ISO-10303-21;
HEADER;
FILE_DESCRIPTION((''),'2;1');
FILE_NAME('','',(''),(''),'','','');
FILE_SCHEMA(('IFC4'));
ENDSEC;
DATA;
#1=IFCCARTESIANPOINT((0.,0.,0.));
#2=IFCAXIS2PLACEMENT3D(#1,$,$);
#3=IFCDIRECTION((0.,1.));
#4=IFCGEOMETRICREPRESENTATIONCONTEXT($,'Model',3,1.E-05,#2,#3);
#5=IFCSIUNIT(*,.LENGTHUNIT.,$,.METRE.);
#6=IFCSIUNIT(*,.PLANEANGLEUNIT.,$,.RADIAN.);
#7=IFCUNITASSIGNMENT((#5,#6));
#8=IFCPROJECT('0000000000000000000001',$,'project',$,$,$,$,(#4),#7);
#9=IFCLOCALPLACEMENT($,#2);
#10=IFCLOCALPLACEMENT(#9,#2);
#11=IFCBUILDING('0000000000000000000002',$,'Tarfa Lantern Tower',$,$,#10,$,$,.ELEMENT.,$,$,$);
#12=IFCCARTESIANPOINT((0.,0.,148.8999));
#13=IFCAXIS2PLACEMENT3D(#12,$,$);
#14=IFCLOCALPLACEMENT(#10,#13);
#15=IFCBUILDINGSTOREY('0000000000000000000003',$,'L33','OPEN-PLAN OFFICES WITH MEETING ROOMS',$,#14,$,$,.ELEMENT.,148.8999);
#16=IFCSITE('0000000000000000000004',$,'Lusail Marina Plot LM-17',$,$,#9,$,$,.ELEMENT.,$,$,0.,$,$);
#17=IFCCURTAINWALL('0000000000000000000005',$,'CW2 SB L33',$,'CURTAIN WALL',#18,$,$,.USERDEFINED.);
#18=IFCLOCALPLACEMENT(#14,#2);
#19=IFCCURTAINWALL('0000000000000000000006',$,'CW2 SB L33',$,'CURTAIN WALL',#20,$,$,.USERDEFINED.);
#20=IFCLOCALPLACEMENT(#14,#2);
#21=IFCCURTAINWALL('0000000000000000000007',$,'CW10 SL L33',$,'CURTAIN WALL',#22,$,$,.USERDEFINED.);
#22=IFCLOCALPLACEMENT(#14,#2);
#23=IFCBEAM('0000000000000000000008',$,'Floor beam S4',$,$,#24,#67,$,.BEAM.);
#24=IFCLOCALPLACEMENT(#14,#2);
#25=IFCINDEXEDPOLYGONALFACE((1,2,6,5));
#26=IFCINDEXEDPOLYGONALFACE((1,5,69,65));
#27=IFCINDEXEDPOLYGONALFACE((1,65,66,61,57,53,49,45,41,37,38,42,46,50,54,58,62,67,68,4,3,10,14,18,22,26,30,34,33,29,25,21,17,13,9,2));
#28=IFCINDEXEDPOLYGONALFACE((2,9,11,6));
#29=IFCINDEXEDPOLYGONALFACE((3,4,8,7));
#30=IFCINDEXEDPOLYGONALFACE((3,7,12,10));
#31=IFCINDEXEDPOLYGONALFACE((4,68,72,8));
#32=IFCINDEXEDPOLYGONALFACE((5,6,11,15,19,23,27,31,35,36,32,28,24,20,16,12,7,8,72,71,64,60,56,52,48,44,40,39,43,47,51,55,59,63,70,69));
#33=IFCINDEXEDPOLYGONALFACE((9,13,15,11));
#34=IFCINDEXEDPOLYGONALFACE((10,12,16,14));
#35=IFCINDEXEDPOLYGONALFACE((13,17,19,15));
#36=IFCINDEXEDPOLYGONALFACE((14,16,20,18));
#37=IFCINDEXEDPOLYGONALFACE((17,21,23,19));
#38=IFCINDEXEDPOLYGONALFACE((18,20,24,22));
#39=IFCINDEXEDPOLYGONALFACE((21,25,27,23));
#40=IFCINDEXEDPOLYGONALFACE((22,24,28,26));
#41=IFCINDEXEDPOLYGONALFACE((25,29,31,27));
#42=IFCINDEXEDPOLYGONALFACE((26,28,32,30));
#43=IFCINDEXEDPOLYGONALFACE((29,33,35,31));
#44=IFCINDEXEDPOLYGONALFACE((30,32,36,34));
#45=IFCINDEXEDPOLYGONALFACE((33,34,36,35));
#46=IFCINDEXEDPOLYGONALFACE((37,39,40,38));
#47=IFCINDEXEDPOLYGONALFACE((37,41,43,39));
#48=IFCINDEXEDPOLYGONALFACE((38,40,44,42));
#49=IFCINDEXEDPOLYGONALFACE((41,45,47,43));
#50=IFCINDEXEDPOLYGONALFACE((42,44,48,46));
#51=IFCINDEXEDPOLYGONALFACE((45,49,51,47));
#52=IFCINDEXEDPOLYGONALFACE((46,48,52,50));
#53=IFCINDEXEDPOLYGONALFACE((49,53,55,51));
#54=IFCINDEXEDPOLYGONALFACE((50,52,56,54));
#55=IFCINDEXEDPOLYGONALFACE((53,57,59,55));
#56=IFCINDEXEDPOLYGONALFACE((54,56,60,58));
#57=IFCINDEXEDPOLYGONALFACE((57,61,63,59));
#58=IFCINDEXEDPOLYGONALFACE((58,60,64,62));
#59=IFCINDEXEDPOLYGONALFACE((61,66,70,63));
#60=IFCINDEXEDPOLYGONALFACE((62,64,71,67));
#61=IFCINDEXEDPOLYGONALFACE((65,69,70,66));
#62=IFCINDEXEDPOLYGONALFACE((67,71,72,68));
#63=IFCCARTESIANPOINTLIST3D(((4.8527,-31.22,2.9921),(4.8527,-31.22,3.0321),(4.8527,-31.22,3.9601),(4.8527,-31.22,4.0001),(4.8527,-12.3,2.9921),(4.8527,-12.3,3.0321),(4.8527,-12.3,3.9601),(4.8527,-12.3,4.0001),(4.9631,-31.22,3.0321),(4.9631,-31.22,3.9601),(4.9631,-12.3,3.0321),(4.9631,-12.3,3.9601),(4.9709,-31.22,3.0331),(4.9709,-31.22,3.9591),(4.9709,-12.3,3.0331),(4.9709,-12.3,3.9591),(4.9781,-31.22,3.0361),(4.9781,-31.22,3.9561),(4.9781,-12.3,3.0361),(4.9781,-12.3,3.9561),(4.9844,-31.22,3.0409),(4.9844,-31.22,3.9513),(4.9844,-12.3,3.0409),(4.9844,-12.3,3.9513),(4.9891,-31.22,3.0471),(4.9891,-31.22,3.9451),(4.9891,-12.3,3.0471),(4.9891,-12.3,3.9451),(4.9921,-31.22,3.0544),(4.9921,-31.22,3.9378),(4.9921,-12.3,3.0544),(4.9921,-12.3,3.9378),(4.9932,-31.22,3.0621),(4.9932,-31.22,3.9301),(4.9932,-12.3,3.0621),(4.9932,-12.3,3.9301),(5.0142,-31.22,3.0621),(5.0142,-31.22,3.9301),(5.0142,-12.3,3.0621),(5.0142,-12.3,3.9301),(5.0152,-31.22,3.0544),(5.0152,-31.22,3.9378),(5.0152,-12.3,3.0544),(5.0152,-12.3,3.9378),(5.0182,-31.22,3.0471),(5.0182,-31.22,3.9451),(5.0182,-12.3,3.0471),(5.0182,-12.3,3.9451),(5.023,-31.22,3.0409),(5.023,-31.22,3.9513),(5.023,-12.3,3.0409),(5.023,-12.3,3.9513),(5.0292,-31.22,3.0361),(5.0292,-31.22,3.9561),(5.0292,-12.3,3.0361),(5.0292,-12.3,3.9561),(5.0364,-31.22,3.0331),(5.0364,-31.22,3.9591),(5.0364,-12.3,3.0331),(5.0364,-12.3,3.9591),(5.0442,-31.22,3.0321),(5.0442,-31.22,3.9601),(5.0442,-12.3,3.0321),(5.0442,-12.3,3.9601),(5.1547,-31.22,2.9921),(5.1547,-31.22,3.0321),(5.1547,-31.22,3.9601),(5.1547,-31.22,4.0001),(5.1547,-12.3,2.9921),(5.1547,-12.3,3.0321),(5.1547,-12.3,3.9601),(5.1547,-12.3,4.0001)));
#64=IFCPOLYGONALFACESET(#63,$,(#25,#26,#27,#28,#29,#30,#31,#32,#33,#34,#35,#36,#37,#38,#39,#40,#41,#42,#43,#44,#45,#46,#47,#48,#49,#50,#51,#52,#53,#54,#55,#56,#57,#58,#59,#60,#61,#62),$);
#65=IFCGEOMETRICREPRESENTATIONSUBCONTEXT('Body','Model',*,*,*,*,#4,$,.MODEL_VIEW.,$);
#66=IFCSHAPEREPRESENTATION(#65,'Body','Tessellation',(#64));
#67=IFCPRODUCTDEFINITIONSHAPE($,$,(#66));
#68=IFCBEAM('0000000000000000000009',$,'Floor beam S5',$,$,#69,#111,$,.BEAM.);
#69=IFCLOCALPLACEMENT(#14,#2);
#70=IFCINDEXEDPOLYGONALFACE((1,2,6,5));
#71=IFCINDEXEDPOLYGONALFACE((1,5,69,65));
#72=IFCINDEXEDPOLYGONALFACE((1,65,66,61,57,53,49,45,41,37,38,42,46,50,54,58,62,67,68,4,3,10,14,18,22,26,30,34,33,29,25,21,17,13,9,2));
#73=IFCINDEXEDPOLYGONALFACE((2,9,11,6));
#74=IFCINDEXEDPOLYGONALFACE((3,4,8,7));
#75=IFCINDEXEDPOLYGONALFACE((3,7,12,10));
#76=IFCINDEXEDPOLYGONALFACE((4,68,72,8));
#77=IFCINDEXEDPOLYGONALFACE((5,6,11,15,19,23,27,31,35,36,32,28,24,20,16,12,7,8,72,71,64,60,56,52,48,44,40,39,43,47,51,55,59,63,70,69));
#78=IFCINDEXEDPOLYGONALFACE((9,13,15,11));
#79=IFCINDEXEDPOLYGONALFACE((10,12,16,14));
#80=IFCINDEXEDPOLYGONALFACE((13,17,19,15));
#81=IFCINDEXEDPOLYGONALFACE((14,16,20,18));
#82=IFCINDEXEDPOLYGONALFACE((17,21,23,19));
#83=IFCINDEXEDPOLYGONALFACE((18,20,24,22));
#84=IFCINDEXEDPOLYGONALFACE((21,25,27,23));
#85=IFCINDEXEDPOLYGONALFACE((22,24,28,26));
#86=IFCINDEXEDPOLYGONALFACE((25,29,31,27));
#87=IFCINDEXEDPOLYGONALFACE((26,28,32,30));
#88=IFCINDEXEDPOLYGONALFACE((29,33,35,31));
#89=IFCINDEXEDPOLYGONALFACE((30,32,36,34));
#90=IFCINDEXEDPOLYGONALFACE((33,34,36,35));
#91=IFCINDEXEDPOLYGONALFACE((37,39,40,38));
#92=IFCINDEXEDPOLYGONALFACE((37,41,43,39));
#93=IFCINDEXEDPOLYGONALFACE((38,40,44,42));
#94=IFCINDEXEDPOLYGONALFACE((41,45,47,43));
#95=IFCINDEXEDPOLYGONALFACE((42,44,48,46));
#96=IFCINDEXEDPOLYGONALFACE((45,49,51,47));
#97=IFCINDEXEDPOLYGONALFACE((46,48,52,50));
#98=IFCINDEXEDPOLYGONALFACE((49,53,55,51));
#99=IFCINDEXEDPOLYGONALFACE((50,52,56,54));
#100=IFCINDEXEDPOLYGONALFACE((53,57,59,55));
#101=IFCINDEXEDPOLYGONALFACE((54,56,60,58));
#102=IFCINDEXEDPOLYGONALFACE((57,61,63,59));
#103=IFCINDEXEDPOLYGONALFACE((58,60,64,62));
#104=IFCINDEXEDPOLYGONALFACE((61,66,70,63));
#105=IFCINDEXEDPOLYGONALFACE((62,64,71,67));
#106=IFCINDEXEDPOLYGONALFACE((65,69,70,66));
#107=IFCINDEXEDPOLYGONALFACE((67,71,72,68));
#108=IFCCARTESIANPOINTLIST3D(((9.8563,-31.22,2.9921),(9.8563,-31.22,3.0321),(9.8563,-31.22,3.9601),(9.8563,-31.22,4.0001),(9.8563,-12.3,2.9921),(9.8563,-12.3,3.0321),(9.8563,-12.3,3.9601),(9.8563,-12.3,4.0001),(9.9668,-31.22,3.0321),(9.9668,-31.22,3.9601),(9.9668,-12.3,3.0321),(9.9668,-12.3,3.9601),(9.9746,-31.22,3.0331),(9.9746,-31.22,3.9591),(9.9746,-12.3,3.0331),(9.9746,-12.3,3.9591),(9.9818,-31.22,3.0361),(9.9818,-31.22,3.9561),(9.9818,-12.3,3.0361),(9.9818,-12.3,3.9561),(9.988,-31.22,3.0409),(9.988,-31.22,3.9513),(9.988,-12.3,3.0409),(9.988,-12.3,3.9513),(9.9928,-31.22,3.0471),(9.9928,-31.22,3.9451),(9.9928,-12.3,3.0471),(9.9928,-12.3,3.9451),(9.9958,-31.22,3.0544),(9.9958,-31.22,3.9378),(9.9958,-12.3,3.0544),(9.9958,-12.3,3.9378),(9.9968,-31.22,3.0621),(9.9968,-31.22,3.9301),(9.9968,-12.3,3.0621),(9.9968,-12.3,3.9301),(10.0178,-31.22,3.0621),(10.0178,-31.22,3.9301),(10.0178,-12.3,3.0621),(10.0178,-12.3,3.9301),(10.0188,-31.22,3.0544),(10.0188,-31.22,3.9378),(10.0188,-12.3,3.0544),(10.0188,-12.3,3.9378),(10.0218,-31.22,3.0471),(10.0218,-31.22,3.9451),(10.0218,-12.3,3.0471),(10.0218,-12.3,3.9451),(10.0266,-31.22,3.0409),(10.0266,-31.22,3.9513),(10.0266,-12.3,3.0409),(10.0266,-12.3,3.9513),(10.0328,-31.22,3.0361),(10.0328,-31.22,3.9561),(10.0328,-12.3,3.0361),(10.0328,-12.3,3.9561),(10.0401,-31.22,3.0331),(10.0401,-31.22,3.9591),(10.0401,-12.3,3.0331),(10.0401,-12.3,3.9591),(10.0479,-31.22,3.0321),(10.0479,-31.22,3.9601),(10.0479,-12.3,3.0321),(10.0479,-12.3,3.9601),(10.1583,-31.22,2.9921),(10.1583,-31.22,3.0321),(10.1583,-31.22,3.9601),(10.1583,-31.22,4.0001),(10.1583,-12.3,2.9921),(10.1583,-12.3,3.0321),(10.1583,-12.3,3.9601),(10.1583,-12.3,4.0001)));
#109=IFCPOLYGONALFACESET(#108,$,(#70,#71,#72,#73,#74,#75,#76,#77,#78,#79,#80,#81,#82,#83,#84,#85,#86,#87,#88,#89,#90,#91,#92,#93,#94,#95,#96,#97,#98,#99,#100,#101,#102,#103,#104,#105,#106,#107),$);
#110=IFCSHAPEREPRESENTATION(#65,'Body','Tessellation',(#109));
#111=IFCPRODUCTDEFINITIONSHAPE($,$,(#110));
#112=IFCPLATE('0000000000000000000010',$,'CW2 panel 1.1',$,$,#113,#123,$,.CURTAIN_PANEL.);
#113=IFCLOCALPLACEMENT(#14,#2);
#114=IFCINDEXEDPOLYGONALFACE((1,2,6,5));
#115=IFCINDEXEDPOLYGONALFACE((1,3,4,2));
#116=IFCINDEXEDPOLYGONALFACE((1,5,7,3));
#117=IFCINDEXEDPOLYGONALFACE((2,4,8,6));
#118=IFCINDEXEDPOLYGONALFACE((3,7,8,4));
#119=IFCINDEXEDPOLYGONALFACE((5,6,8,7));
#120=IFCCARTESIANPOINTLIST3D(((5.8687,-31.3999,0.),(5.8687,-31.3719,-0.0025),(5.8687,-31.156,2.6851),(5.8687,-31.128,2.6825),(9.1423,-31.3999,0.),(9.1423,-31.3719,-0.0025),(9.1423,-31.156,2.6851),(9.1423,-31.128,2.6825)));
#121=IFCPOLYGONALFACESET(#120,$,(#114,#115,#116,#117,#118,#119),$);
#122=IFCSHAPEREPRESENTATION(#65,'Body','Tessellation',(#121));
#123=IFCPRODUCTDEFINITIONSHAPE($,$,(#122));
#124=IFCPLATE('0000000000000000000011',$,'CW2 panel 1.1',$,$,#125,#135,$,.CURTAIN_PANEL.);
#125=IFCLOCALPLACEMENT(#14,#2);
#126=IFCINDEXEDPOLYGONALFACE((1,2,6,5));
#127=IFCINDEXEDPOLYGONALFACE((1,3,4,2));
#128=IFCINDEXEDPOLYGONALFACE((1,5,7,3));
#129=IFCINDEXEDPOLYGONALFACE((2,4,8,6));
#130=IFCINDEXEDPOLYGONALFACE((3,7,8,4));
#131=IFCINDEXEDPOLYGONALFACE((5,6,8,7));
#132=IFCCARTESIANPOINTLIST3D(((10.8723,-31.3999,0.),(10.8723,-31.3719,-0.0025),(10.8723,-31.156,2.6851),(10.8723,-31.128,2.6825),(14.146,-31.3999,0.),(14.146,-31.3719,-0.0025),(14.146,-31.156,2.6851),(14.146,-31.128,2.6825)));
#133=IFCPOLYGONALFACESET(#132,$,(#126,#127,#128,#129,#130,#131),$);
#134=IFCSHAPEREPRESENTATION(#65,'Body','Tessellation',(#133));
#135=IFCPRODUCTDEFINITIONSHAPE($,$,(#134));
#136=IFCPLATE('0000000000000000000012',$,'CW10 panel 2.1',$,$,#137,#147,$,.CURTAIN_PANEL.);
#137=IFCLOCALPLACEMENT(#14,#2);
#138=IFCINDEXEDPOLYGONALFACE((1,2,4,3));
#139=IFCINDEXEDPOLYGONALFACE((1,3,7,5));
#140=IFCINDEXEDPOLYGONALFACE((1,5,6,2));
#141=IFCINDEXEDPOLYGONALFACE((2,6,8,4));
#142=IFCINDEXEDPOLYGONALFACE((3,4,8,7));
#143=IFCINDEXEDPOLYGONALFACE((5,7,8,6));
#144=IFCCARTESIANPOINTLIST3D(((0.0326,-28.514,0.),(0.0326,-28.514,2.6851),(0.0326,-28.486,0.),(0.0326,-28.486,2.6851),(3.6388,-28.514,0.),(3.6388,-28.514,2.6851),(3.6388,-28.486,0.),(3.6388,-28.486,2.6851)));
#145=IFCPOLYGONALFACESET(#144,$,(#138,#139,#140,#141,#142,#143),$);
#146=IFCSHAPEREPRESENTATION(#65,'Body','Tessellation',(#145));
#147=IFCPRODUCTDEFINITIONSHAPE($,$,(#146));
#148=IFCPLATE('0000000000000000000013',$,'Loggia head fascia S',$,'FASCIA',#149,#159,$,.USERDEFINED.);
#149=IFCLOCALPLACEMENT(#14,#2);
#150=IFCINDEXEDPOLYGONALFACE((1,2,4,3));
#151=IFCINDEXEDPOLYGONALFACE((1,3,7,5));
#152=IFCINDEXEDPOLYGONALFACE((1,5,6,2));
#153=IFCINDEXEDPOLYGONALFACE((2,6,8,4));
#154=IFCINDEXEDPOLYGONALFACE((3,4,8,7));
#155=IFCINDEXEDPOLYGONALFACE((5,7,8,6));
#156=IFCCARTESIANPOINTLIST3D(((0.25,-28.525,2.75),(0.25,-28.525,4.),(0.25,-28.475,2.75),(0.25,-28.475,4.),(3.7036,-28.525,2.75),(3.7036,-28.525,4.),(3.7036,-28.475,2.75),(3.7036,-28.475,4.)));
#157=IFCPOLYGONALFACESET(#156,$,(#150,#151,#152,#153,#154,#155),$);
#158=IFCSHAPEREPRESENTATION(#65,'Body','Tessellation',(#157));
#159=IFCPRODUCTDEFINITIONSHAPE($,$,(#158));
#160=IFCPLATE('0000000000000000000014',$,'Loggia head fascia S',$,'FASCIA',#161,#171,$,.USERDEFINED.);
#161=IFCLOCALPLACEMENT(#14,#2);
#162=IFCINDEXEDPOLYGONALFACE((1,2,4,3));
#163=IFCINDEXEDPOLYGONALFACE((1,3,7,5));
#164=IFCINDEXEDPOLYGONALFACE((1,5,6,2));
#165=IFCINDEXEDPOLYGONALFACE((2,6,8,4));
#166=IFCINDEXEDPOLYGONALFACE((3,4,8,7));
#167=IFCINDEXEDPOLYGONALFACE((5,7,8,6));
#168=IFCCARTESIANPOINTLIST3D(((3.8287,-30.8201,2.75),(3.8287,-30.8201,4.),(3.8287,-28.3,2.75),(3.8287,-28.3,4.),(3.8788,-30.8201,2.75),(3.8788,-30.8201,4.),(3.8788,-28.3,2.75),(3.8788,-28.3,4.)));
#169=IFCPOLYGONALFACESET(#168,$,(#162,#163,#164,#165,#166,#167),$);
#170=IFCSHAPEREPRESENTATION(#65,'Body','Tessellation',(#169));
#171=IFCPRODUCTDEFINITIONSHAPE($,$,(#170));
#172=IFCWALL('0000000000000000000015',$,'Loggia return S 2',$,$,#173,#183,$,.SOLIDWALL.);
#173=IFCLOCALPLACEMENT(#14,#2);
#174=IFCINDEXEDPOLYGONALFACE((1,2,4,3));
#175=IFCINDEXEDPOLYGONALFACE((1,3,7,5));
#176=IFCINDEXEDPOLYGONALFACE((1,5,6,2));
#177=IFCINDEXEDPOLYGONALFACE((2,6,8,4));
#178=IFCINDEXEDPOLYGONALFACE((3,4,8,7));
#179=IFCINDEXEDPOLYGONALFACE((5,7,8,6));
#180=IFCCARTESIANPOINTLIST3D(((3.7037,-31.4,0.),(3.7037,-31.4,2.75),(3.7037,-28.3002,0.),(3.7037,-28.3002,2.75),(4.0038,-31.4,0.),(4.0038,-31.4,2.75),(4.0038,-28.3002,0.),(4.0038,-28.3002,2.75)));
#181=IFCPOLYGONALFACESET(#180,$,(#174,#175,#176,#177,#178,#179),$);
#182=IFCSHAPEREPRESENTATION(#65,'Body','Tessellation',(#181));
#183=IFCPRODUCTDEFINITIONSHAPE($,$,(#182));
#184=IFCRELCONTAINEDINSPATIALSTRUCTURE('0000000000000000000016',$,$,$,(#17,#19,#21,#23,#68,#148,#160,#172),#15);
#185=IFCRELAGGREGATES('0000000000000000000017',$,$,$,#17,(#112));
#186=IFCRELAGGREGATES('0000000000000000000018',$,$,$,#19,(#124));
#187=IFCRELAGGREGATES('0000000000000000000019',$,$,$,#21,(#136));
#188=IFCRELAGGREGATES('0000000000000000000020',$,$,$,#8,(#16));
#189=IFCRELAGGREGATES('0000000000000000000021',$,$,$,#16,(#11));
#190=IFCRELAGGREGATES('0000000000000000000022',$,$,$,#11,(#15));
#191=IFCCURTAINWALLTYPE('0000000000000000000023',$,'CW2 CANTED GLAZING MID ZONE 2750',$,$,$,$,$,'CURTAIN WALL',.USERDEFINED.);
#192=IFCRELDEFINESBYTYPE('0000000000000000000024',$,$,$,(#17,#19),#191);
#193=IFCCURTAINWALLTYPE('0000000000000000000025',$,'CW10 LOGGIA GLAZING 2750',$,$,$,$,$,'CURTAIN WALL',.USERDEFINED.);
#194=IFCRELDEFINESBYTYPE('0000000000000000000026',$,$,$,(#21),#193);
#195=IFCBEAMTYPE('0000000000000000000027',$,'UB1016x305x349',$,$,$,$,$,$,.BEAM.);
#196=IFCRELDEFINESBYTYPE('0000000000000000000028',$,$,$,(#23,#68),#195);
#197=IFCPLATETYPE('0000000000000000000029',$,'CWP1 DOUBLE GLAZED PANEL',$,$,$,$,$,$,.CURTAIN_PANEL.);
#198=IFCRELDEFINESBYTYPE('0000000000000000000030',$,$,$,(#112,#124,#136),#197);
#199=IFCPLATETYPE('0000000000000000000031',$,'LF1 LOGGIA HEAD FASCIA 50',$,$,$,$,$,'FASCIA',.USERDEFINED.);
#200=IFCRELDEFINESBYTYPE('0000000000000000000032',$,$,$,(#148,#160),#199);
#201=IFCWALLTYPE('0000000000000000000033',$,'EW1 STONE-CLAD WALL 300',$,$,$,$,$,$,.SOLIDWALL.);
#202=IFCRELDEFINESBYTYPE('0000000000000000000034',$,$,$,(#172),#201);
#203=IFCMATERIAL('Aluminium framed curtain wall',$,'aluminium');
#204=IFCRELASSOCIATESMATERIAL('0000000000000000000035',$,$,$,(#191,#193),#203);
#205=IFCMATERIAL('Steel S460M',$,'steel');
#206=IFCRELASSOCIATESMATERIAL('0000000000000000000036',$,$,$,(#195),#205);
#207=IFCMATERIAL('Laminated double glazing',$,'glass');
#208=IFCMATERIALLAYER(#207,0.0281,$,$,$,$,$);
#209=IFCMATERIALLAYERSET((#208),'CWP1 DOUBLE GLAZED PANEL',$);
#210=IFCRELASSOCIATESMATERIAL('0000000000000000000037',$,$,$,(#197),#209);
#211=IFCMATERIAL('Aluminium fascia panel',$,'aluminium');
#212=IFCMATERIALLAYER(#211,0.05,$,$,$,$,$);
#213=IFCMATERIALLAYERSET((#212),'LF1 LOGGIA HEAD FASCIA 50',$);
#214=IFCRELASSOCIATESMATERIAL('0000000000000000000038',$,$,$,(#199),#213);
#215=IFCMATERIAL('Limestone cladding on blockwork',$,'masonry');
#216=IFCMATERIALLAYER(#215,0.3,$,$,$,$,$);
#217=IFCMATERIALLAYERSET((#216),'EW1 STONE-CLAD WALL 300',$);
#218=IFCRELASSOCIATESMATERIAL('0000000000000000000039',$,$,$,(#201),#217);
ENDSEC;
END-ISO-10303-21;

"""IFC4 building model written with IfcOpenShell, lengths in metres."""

from ifc_helpers import new_model, si_unit, direction, frame, frame_2d, origin, origin_2d, place, context, subcontext, project, spatial, polyline, rectangle, i_section, outline, extrude, material, layer, layer_set, material_profile, profile_set, type_object, element, aggregate, save


model = new_model("IFC4")

# Units and contexts
model_context = context("Model", 3, precision=1e-05, world=origin(), true_north=direction((0.0, 1.0)))
body_context = subcontext(model_context, "Body", "Model", "MODEL_VIEW")
ifc_project = project(units=[si_unit("LENGTHUNIT", "METRE"), si_unit("PLANEANGLEUNIT", "RADIAN")], contexts=[model_context])

# Site, building, storey
site_placement = place(None, origin())
site = spatial("IfcSite", under=ifc_project, at=site_placement, Name="Lusail Marina Plot LM-17", CompositionType="ELEMENT", RefElevation=0.0)
building_placement = place(site_placement, origin())
building = spatial("IfcBuilding", under=site, at=building_placement, Name="Tarfa Lantern Tower", CompositionType="ELEMENT")
storey_placement = place(building_placement, frame((0.0, 0.0, 148.8999)))
storey = spatial("IfcBuildingStorey", under=building, at=storey_placement, Name="L33", Description="OPEN-PLAN OFFICES WITH MEETING ROOMS", CompositionType="ELEMENT", Elevation=148.8999)

# Curtain wall
ifc_material_1 = material(Name="Aluminium framed curtain wall", Category="aluminium")
curtain_wall_type_1 = type_object("IfcCurtainWallType", Name="CW2 CANTED GLAZING MID ZONE 2750", ElementType="CURTAIN WALL", PredefinedType="USERDEFINED", material=ifc_material_1)
curtain_wall_1_placement = place(storey_placement, origin())
curtain_wall_1 = element("IfcCurtainWall", 1, at=curtain_wall_1_placement, inside=storey, type_object=curtain_wall_type_1, Name="CW2 SB L33", ObjectType="CURTAIN WALL", PredefinedType="USERDEFINED")

# Curtain walls
curtain_wall_2_placement = place(storey_placement, origin())
curtain_wall_2 = element("IfcCurtainWall", 2, at=curtain_wall_2_placement, inside=storey, type_object=curtain_wall_type_1, Name="CW2 SB L33", ObjectType="CURTAIN WALL", PredefinedType="USERDEFINED")
curtain_wall_type_2 = type_object("IfcCurtainWallType", Name="CW10 LOGGIA GLAZING 2750", ElementType="CURTAIN WALL", PredefinedType="USERDEFINED", material=ifc_material_1)
curtain_wall_3_placement = place(storey_placement, origin())
curtain_wall_3 = element("IfcCurtainWall", 3, at=curtain_wall_3_placement, inside=storey, type_object=curtain_wall_type_2, Name="CW10 SL L33", ObjectType="CURTAIN WALL", PredefinedType="USERDEFINED")

# Beams
ifc_material_2 = material(Name="Steel S460M", Category="steel")
ifc_material_profile_1 = material_profile(ifc_material_2, i_section(OverallWidth=0.302, OverallDepth=1.0081, WebThickness=0.021, FlangeThickness=0.04, FilletRadius=0.03, at=origin_2d()), Name="UB1016x305x349")
ifc_profile_set_1 = profile_set([ifc_material_profile_1], Name="Steel S460M")
beam_type_1 = type_object("IfcBeamType", Name="UB1016x305x349", PredefinedType="BEAM", material=ifc_profile_set_1)
for number, where, z_axis, x_axis, name in (
    (4, (5.0037, -31.22, 3.4961), (0.0, 1.0, 0.0), (-1.0, 0.0, 0.0), "Floor beam S4"),
    (5, (10.0073, -31.22, 3.4961), (0.0, 1.0, 0.0), (-1.0, 0.0, 0.0), "Floor beam S5"),
):
    element("IfcBeam", number, at=place(storey_placement, frame(where, z_axis=z_axis, x_axis=x_axis)), inside=storey, type_object=beam_type_1, Name=name, PredefinedType="BEAM", context=body_context, shape_type="SweptSolid", body=[
        extrude(i_section(OverallWidth=0.302, OverallDepth=1.0081, WebThickness=0.021, FlangeThickness=0.04, FilletRadius=0.03, at=origin_2d()), origin(), (0.0, 0.0, 1.0), 18.9199),
    ])

# Plates
ifc_material_3 = material(Name="Laminated double glazing", Category="glass")
ifc_layer_1 = layer(ifc_material_3, 0.0281)
ifc_layer_set_1 = layer_set([ifc_layer_1], Name="CWP1 DOUBLE GLAZED PANEL")
plate_type_1 = type_object("IfcPlateType", Name="CWP1 DOUBLE GLAZED PANEL", PredefinedType="CURTAIN_PANEL", material=ifc_layer_set_1)
plate_1_placement = place(storey_placement, frame((5.8687, -31.3999, 0.0), z_axis=(0.0, -0.9959, 0.090462), x_axis=(1.0, 0.0, 0.0)))
plate_1 = element("IfcPlate", 6, at=plate_1_placement, type_object=plate_type_1, Name="CW2 panel 1.1", PredefinedType="CURTAIN_PANEL", context=body_context, shape_type="SweptSolid", body=[
    extrude(outline(polyline([(0.0, 0.0), (3.2737, 0.0), (3.2737, 2.6961), (0.0, 2.6961), (0.0, 0.0)])), origin(), (0.0, 0.0, -1.0), 0.0281),
])
aggregate(curtain_wall_1, [plate_1])
plate_2_placement = place(storey_placement, frame((10.8723, -31.3999, 0.0), z_axis=(0.0, -0.9959, 0.090462), x_axis=(1.0, 0.0, 0.0)))
plate_2 = element("IfcPlate", 7, at=plate_2_placement, type_object=plate_type_1, Name="CW2 panel 1.1", PredefinedType="CURTAIN_PANEL", context=body_context, shape_type="SweptSolid", body=[
    extrude(outline(polyline([(0.0, 0.0), (3.2737, 0.0), (3.2737, 2.6961), (0.0, 2.6961), (0.0, 0.0)])), origin(), (0.0, 0.0, -1.0), 0.0281),
])
aggregate(curtain_wall_2, [plate_2])
plate_3_placement = place(storey_placement, frame((1.8357, -28.5, 0.0), z_axis=(0.0, 0.0, 1.0), x_axis=(1.0, 0.0, 0.0)))
plate_3 = element("IfcPlate", 8, at=plate_3_placement, type_object=plate_type_1, Name="CW10 panel 2.1", PredefinedType="CURTAIN_PANEL", context=body_context, shape_type="SweptSolid", body=[
    extrude(rectangle(XDim=3.6062, YDim=0.0281, at=origin_2d()), origin(), (0.0, 0.0, 1.0), 2.6851),
])
aggregate(curtain_wall_3, [plate_3])

# Plates
ifc_material_4 = material(Name="Aluminium fascia panel", Category="aluminium")
ifc_layer_2 = layer(ifc_material_4, 0.05)
ifc_layer_set_2 = layer_set([ifc_layer_2], Name="LF1 LOGGIA HEAD FASCIA 50")
plate_type_2 = type_object("IfcPlateType", Name="LF1 LOGGIA HEAD FASCIA 50", ElementType="FASCIA", PredefinedType="USERDEFINED", material=ifc_layer_set_2)
plate_4_placement = place(storey_placement, frame((1.9768, -28.5, 2.75), z_axis=(0.0, 0.0, 1.0), x_axis=(1.0, 0.0, 0.0)))
element("IfcPlate", 9, at=plate_4_placement, inside=storey, type_object=plate_type_2, Name="Loggia head fascia S", ObjectType="FASCIA", PredefinedType="USERDEFINED", context=body_context, shape_type="SweptSolid", body=[
    extrude(rectangle(XDim=3.4536, YDim=0.05, at=origin_2d()), origin(), (0.0, 0.0, 1.0), 1.25),
])
plate_5_placement = place(storey_placement, frame((3.8538, -29.5601, 2.75), z_axis=(0.0, 0.0, 1.0), x_axis=(0.0, 1.0, 0.0)))
element("IfcPlate", 10, at=plate_5_placement, inside=storey, type_object=plate_type_2, Name="Loggia head fascia S", ObjectType="FASCIA", PredefinedType="USERDEFINED", context=body_context, shape_type="SweptSolid", body=[
    extrude(rectangle(XDim=2.52, YDim=0.05, at=origin_2d()), origin(), (0.0, 0.0, 1.0), 1.25),
])

# Wall
ifc_material_5 = material(Name="Limestone cladding on blockwork", Category="masonry")
ifc_layer_3 = layer(ifc_material_5, 0.3)
ifc_layer_set_3 = layer_set([ifc_layer_3], Name="EW1 STONE-CLAD WALL 300")
wall_type_1 = type_object("IfcWallType", Name="EW1 STONE-CLAD WALL 300", PredefinedType="SOLIDWALL", material=ifc_layer_set_3)
wall_1_placement = place(storey_placement, frame((3.8538, -31.3999, 0.0), z_axis=(0.0, 0.0, 1.0), x_axis=(0.0, 1.0, 0.0)))
element("IfcWall", 11, at=wall_1_placement, inside=storey, type_object=wall_type_1, Name="Loggia return S 2", PredefinedType="SOLIDWALL", context=body_context, shape_type="SweptSolid", body=[
    extrude(rectangle(XDim=3.0999, YDim=0.3, at=frame_2d((1.5498, 0.0))), origin(), (0.0, 0.0, 1.0), 2.75),
])

save(model, "model.ifc")
